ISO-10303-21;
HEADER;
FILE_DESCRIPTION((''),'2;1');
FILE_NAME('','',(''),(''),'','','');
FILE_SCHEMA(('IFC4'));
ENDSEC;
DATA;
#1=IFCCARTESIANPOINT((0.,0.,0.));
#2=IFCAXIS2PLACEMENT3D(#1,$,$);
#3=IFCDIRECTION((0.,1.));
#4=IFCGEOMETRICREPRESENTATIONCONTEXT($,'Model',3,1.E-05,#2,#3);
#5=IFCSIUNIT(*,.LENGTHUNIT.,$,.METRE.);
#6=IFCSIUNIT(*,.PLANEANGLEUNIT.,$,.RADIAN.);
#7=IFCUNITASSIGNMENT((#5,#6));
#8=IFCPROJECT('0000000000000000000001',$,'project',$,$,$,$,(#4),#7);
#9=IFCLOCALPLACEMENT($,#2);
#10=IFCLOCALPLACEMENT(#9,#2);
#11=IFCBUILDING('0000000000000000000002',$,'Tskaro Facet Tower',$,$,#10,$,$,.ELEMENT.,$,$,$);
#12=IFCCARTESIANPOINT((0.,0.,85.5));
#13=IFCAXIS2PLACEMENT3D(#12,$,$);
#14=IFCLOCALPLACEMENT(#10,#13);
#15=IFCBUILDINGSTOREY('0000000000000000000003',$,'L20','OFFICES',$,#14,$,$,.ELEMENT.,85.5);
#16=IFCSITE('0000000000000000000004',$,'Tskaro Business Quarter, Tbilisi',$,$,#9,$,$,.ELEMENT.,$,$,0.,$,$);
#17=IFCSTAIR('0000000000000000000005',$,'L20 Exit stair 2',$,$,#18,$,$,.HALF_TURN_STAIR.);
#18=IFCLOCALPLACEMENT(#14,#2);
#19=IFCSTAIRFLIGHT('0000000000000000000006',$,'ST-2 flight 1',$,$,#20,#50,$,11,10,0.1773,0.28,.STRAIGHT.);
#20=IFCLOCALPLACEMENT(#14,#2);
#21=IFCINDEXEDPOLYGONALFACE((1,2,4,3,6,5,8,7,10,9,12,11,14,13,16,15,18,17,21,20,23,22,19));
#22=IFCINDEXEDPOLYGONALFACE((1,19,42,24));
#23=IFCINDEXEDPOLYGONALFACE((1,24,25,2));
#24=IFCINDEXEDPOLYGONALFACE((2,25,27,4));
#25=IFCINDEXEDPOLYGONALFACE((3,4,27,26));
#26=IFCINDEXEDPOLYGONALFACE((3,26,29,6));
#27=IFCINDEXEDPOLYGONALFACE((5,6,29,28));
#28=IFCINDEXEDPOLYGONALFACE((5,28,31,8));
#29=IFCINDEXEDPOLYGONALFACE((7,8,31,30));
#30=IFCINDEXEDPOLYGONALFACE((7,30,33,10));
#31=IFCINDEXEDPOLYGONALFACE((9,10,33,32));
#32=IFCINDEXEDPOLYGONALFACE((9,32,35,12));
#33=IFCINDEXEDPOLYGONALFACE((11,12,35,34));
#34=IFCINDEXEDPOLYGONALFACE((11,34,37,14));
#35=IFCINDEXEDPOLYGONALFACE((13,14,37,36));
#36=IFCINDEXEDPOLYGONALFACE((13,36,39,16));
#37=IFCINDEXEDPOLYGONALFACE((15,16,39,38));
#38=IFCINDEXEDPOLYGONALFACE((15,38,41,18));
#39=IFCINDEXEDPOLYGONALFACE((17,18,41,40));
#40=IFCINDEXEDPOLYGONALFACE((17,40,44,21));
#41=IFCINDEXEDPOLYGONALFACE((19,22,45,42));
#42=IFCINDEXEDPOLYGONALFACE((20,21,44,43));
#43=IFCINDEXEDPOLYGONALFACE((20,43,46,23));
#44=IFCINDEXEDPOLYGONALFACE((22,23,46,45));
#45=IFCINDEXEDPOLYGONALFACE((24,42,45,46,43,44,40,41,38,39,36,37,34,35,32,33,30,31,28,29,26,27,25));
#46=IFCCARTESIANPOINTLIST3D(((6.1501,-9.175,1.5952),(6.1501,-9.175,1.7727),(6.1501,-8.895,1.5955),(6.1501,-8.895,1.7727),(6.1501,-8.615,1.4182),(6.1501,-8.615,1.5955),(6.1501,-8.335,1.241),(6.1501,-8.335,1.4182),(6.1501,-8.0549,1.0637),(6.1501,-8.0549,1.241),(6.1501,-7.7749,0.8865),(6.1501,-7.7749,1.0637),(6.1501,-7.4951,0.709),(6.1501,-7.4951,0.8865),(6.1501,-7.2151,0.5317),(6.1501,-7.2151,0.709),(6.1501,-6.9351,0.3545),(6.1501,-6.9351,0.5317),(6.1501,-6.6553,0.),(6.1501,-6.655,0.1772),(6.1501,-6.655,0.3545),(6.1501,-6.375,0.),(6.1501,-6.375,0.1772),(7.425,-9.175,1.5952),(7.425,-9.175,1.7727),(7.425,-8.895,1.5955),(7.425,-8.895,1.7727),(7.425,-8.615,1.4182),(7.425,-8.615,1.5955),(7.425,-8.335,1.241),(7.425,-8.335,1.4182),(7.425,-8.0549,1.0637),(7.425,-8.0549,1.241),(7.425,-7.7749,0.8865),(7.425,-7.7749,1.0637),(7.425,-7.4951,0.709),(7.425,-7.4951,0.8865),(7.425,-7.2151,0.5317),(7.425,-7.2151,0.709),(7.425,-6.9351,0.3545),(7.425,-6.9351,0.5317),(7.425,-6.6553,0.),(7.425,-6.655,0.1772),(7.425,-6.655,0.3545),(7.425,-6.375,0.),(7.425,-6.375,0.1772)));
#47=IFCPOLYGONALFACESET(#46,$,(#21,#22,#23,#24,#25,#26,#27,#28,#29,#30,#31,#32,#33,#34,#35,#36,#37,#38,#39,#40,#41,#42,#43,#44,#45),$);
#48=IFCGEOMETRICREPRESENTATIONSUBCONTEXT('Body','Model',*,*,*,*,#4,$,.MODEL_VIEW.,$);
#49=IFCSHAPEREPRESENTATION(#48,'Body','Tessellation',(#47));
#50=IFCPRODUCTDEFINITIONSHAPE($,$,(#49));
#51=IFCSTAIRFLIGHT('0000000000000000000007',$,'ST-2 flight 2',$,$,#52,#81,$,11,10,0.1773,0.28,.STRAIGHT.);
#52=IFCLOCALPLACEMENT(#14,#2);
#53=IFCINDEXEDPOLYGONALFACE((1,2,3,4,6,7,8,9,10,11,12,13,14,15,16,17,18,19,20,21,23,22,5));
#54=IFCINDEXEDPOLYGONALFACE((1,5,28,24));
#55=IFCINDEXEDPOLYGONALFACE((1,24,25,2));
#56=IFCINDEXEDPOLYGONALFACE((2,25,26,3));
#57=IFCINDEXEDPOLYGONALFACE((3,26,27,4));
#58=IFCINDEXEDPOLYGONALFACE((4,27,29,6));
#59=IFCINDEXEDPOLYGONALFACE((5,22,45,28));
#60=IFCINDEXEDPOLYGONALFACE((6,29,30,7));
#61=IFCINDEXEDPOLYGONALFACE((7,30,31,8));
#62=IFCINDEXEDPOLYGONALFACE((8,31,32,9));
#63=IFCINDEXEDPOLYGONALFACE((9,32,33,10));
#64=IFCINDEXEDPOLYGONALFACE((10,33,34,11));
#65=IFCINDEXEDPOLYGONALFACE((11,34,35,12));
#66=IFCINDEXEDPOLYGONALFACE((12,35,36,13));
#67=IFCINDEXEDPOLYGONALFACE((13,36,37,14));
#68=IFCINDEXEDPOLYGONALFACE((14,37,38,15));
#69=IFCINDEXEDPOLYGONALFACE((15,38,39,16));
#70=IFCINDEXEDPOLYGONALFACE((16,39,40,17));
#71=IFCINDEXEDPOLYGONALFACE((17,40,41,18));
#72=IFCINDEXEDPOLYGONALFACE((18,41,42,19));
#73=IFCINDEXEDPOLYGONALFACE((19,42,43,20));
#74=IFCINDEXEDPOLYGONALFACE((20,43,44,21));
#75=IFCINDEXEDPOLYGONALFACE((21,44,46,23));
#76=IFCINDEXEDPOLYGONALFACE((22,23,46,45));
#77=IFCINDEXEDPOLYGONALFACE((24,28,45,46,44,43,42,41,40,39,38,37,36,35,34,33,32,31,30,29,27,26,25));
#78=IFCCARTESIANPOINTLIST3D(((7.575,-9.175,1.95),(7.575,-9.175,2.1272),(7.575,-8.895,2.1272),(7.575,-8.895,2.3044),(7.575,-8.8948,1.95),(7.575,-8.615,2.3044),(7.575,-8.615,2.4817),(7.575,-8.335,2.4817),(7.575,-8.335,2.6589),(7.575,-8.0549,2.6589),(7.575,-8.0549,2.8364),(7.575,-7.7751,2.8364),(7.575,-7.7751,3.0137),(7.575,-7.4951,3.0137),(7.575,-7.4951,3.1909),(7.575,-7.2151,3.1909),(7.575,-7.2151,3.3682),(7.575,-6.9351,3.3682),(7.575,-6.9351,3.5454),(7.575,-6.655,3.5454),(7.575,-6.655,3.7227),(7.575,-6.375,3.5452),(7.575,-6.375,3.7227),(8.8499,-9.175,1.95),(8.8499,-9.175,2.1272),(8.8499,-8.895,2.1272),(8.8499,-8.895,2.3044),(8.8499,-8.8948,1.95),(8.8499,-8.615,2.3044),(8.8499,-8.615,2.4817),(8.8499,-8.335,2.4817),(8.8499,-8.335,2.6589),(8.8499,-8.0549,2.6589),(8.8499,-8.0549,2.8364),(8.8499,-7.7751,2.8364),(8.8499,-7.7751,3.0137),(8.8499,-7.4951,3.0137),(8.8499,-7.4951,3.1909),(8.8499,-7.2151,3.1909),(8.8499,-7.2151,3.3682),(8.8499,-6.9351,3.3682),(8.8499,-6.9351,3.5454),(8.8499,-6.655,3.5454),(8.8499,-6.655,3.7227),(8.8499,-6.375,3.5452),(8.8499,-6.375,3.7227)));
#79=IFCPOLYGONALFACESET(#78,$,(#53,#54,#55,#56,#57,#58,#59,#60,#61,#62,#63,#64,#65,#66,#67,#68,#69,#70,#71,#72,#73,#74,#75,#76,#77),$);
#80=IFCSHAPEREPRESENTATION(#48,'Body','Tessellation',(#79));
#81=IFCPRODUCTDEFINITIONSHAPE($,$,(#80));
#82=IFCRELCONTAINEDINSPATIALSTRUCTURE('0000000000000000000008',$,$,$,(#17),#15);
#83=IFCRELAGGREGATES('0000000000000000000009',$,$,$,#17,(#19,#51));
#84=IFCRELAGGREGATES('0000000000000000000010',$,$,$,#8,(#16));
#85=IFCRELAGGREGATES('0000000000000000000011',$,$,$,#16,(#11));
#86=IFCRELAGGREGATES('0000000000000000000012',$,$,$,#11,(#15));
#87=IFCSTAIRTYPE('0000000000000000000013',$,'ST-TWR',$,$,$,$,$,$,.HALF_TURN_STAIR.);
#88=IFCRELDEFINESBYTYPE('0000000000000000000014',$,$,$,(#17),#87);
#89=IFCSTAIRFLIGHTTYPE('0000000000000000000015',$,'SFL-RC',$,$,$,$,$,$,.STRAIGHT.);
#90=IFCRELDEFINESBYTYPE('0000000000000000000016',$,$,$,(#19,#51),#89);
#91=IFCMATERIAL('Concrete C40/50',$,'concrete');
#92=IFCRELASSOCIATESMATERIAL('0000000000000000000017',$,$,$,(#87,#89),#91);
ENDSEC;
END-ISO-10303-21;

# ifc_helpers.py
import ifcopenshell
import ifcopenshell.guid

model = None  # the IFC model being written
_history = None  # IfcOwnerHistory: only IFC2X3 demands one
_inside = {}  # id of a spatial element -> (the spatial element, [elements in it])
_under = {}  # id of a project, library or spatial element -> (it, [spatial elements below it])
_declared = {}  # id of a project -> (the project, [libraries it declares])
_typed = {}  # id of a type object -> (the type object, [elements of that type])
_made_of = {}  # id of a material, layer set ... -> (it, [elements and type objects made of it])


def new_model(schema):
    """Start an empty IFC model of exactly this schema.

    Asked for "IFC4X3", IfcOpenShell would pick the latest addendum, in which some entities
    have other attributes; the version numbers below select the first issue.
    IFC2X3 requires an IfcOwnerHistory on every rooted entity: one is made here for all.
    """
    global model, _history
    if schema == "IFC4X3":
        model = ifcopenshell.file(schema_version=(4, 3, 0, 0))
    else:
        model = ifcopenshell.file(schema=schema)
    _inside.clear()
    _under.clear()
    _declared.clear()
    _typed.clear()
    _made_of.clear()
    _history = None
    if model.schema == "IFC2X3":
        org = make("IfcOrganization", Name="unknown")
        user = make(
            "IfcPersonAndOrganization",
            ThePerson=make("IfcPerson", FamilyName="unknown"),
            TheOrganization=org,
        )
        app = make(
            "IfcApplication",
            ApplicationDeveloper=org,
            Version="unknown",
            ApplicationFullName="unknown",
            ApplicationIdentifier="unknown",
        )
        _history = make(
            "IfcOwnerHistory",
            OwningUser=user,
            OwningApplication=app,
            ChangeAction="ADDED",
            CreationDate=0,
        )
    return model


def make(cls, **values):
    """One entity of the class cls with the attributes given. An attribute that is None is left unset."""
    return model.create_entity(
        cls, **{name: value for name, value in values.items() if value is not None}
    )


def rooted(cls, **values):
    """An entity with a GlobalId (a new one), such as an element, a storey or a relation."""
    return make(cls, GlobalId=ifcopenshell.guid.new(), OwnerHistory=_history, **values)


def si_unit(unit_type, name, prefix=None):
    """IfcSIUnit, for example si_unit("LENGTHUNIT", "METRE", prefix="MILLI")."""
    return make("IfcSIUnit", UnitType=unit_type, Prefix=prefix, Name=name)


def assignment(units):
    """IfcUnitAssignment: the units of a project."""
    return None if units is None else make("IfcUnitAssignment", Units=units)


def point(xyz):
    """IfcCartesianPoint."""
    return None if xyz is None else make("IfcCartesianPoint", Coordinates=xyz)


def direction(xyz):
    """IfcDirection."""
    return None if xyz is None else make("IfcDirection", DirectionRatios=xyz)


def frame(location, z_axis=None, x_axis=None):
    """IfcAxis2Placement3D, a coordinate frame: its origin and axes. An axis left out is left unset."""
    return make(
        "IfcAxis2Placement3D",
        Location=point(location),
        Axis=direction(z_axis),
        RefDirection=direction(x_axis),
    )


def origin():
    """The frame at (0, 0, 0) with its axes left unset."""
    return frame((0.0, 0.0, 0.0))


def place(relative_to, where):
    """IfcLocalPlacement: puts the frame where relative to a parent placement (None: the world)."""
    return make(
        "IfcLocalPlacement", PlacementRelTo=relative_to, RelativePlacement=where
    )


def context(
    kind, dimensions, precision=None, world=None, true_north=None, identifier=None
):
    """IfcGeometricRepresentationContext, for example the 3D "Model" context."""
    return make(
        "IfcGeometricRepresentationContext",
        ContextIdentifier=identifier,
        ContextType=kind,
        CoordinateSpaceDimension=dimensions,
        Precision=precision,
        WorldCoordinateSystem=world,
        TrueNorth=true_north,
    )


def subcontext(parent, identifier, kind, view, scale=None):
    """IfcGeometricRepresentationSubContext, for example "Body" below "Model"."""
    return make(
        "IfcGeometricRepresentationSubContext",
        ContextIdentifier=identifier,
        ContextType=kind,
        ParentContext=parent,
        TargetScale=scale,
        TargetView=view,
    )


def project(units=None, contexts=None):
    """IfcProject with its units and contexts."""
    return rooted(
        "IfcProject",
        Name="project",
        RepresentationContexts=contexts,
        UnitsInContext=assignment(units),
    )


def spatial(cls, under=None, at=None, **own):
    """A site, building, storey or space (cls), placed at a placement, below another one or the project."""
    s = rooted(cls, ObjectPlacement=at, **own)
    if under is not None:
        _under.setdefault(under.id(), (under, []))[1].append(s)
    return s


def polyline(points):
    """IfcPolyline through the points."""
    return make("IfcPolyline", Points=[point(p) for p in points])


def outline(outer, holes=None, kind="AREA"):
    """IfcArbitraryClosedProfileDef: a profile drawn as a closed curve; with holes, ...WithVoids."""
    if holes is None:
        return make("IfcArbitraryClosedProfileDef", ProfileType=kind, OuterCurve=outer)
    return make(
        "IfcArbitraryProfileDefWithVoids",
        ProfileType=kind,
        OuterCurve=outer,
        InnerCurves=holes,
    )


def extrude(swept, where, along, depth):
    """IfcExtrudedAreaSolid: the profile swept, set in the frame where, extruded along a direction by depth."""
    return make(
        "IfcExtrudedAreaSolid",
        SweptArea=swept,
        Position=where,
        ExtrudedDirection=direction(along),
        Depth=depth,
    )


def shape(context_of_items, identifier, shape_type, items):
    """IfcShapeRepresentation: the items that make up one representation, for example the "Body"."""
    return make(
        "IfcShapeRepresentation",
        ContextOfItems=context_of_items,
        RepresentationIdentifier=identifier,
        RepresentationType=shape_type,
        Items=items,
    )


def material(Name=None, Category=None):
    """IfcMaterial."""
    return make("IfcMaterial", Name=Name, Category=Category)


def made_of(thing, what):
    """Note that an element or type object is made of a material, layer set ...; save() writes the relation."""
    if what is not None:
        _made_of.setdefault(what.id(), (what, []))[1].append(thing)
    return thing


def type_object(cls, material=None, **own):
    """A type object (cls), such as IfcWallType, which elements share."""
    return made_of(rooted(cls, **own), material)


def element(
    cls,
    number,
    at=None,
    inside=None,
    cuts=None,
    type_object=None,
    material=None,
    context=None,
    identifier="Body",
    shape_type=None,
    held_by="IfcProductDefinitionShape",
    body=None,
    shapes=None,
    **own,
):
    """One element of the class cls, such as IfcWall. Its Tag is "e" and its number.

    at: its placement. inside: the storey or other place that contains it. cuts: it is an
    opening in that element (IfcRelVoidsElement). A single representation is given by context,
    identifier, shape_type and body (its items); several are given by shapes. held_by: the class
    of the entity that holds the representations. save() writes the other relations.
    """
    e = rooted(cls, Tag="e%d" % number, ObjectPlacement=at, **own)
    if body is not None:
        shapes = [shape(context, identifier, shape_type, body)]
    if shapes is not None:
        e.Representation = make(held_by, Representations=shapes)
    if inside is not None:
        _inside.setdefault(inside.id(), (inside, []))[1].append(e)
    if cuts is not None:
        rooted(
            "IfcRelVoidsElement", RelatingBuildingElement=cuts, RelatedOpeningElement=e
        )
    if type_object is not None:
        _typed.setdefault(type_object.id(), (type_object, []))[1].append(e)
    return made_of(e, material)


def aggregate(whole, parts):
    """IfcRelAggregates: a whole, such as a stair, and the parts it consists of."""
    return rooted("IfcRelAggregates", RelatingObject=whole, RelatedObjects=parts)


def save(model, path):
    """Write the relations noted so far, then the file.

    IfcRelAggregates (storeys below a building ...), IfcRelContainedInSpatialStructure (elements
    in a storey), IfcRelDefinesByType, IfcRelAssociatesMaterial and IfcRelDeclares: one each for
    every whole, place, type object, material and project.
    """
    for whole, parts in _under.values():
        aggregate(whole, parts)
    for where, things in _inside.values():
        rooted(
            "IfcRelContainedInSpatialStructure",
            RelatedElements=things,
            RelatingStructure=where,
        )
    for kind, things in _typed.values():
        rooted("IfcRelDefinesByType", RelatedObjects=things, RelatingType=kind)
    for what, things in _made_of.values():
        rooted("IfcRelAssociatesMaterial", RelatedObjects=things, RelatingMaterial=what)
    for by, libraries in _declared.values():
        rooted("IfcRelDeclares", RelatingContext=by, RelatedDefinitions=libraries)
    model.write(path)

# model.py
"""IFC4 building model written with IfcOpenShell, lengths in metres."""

from ifc_helpers import new_model, si_unit, direction, frame, origin, place, context, subcontext, project, spatial, polyline, outline, extrude, material, type_object, element, aggregate, save


model = new_model("IFC4")

# Units and contexts
model_context = context("Model", 3, precision=1e-05, world=origin(), true_north=direction((0.0, 1.0)))
body_context = subcontext(model_context, "Body", "Model", "MODEL_VIEW")
ifc_project = project(units=[si_unit("LENGTHUNIT", "METRE"), si_unit("PLANEANGLEUNIT", "RADIAN")], contexts=[model_context])

# Site, building, storey
site_placement = place(None, origin())
site = spatial("IfcSite", under=ifc_project, at=site_placement, Name="Tskaro Business Quarter, Tbilisi", CompositionType="ELEMENT", RefElevation=0.0)
building_placement = place(site_placement, origin())
building = spatial("IfcBuilding", under=site, at=building_placement, Name="Tskaro Facet Tower", CompositionType="ELEMENT")
storey_placement = place(building_placement, frame((0.0, 0.0, 85.5)))
storey = spatial("IfcBuildingStorey", under=building, at=storey_placement, Name="L20", Description="OFFICES", CompositionType="ELEMENT", Elevation=85.5)

# Shared definitions
ifc_material_1 = material(Name="Concrete C40/50", Category="concrete")

# Stair, stair flights
stair_type = type_object("IfcStairType", Name="ST-TWR", PredefinedType="HALF_TURN_STAIR", material=ifc_material_1)
stair_placement = place(storey_placement, origin())
stair = element("IfcStair", 1, at=stair_placement, inside=storey, type_object=stair_type, Name="L20 Exit stair 2", PredefinedType="HALF_TURN_STAIR")
stair_flight_type = type_object("IfcStairFlightType", Name="SFL-RC", PredefinedType="STRAIGHT", material=ifc_material_1)
stair_flight_1_placement = place(storey_placement, frame((6.7876, -6.375, 0.0), z_axis=(0.0, 0.0, 1.0), x_axis=(0.0, -1.0, 0.0)))
stair_flight_1 = element("IfcStairFlight", 2, at=stair_flight_1_placement, type_object=stair_flight_type, Name="ST-2 flight 1", NumberOfRisers=11, NumberOfTreads=10, PredefinedType="STRAIGHT", RiserHeight=0.1773, TreadLength=0.28, context=body_context, shape_type="SweptSolid", body=[
    extrude(outline(polyline([(0.0, 0.0), (0.0, 0.1772), (0.28, 0.1772), (0.28, 0.3545), (0.5601, 0.3545), (0.5601, 0.5317), (0.8401, 0.5317), (0.8401, 0.709), (1.1201, 0.709), (1.1201, 0.8865), (1.3999, 0.8865), (1.3999, 1.0637), (1.6799, 1.0637), (1.6799, 1.241), (1.96, 1.241), (1.96, 1.4182), (2.24, 1.4182), (2.24, 1.5955), (2.52, 1.5955), (2.52, 1.7727), (2.8, 1.7727), (2.8, 1.95), (2.8, 1.5952), (0.2803, 0.0), (0.0, 0.0)])), frame((0.0, 0.6375, 0.0), z_axis=(0.0, -1.0, 0.0), x_axis=(1.0, 0.0, 0.0)), (0.0, 0.0, 1.0), 1.2749),
])
stair_flight_2_placement = place(storey_placement, frame((8.2124, -9.175, 1.95), z_axis=(0.0, 0.0, 1.0), x_axis=(0.0, 1.0, 0.0)))
stair_flight_2 = element("IfcStairFlight", 3, at=stair_flight_2_placement, type_object=stair_flight_type, Name="ST-2 flight 2", NumberOfRisers=11, NumberOfTreads=10, PredefinedType="STRAIGHT", RiserHeight=0.1773, TreadLength=0.28, context=body_context, shape_type="SweptSolid", body=[
    extrude(outline(polyline([(0.0, 0.0), (0.0, 0.1772), (0.28, 0.1772), (0.28, 0.3545), (0.5601, 0.3545), (0.5601, 0.5317), (0.8401, 0.5317), (0.8401, 0.709), (1.1201, 0.709), (1.1201, 0.8865), (1.3999, 0.8865), (1.3999, 1.0637), (1.6799, 1.0637), (1.6799, 1.241), (1.96, 1.241), (1.96, 1.4182), (2.24, 1.4182), (2.24, 1.5955), (2.52, 1.5955), (2.52, 1.7727), (2.8, 1.7727), (2.8, 1.95), (2.8, 1.5952), (0.2803, 0.0), (0.0, 0.0)])), frame((0.0, 0.6375, 0.0), z_axis=(0.0, -1.0, 0.0), x_axis=(1.0, 0.0, 0.0)), (0.0, 0.0, 1.0), 1.2749),
])
aggregate(stair, [stair_flight_1, stair_flight_2])

save(model, "model.ifc")
